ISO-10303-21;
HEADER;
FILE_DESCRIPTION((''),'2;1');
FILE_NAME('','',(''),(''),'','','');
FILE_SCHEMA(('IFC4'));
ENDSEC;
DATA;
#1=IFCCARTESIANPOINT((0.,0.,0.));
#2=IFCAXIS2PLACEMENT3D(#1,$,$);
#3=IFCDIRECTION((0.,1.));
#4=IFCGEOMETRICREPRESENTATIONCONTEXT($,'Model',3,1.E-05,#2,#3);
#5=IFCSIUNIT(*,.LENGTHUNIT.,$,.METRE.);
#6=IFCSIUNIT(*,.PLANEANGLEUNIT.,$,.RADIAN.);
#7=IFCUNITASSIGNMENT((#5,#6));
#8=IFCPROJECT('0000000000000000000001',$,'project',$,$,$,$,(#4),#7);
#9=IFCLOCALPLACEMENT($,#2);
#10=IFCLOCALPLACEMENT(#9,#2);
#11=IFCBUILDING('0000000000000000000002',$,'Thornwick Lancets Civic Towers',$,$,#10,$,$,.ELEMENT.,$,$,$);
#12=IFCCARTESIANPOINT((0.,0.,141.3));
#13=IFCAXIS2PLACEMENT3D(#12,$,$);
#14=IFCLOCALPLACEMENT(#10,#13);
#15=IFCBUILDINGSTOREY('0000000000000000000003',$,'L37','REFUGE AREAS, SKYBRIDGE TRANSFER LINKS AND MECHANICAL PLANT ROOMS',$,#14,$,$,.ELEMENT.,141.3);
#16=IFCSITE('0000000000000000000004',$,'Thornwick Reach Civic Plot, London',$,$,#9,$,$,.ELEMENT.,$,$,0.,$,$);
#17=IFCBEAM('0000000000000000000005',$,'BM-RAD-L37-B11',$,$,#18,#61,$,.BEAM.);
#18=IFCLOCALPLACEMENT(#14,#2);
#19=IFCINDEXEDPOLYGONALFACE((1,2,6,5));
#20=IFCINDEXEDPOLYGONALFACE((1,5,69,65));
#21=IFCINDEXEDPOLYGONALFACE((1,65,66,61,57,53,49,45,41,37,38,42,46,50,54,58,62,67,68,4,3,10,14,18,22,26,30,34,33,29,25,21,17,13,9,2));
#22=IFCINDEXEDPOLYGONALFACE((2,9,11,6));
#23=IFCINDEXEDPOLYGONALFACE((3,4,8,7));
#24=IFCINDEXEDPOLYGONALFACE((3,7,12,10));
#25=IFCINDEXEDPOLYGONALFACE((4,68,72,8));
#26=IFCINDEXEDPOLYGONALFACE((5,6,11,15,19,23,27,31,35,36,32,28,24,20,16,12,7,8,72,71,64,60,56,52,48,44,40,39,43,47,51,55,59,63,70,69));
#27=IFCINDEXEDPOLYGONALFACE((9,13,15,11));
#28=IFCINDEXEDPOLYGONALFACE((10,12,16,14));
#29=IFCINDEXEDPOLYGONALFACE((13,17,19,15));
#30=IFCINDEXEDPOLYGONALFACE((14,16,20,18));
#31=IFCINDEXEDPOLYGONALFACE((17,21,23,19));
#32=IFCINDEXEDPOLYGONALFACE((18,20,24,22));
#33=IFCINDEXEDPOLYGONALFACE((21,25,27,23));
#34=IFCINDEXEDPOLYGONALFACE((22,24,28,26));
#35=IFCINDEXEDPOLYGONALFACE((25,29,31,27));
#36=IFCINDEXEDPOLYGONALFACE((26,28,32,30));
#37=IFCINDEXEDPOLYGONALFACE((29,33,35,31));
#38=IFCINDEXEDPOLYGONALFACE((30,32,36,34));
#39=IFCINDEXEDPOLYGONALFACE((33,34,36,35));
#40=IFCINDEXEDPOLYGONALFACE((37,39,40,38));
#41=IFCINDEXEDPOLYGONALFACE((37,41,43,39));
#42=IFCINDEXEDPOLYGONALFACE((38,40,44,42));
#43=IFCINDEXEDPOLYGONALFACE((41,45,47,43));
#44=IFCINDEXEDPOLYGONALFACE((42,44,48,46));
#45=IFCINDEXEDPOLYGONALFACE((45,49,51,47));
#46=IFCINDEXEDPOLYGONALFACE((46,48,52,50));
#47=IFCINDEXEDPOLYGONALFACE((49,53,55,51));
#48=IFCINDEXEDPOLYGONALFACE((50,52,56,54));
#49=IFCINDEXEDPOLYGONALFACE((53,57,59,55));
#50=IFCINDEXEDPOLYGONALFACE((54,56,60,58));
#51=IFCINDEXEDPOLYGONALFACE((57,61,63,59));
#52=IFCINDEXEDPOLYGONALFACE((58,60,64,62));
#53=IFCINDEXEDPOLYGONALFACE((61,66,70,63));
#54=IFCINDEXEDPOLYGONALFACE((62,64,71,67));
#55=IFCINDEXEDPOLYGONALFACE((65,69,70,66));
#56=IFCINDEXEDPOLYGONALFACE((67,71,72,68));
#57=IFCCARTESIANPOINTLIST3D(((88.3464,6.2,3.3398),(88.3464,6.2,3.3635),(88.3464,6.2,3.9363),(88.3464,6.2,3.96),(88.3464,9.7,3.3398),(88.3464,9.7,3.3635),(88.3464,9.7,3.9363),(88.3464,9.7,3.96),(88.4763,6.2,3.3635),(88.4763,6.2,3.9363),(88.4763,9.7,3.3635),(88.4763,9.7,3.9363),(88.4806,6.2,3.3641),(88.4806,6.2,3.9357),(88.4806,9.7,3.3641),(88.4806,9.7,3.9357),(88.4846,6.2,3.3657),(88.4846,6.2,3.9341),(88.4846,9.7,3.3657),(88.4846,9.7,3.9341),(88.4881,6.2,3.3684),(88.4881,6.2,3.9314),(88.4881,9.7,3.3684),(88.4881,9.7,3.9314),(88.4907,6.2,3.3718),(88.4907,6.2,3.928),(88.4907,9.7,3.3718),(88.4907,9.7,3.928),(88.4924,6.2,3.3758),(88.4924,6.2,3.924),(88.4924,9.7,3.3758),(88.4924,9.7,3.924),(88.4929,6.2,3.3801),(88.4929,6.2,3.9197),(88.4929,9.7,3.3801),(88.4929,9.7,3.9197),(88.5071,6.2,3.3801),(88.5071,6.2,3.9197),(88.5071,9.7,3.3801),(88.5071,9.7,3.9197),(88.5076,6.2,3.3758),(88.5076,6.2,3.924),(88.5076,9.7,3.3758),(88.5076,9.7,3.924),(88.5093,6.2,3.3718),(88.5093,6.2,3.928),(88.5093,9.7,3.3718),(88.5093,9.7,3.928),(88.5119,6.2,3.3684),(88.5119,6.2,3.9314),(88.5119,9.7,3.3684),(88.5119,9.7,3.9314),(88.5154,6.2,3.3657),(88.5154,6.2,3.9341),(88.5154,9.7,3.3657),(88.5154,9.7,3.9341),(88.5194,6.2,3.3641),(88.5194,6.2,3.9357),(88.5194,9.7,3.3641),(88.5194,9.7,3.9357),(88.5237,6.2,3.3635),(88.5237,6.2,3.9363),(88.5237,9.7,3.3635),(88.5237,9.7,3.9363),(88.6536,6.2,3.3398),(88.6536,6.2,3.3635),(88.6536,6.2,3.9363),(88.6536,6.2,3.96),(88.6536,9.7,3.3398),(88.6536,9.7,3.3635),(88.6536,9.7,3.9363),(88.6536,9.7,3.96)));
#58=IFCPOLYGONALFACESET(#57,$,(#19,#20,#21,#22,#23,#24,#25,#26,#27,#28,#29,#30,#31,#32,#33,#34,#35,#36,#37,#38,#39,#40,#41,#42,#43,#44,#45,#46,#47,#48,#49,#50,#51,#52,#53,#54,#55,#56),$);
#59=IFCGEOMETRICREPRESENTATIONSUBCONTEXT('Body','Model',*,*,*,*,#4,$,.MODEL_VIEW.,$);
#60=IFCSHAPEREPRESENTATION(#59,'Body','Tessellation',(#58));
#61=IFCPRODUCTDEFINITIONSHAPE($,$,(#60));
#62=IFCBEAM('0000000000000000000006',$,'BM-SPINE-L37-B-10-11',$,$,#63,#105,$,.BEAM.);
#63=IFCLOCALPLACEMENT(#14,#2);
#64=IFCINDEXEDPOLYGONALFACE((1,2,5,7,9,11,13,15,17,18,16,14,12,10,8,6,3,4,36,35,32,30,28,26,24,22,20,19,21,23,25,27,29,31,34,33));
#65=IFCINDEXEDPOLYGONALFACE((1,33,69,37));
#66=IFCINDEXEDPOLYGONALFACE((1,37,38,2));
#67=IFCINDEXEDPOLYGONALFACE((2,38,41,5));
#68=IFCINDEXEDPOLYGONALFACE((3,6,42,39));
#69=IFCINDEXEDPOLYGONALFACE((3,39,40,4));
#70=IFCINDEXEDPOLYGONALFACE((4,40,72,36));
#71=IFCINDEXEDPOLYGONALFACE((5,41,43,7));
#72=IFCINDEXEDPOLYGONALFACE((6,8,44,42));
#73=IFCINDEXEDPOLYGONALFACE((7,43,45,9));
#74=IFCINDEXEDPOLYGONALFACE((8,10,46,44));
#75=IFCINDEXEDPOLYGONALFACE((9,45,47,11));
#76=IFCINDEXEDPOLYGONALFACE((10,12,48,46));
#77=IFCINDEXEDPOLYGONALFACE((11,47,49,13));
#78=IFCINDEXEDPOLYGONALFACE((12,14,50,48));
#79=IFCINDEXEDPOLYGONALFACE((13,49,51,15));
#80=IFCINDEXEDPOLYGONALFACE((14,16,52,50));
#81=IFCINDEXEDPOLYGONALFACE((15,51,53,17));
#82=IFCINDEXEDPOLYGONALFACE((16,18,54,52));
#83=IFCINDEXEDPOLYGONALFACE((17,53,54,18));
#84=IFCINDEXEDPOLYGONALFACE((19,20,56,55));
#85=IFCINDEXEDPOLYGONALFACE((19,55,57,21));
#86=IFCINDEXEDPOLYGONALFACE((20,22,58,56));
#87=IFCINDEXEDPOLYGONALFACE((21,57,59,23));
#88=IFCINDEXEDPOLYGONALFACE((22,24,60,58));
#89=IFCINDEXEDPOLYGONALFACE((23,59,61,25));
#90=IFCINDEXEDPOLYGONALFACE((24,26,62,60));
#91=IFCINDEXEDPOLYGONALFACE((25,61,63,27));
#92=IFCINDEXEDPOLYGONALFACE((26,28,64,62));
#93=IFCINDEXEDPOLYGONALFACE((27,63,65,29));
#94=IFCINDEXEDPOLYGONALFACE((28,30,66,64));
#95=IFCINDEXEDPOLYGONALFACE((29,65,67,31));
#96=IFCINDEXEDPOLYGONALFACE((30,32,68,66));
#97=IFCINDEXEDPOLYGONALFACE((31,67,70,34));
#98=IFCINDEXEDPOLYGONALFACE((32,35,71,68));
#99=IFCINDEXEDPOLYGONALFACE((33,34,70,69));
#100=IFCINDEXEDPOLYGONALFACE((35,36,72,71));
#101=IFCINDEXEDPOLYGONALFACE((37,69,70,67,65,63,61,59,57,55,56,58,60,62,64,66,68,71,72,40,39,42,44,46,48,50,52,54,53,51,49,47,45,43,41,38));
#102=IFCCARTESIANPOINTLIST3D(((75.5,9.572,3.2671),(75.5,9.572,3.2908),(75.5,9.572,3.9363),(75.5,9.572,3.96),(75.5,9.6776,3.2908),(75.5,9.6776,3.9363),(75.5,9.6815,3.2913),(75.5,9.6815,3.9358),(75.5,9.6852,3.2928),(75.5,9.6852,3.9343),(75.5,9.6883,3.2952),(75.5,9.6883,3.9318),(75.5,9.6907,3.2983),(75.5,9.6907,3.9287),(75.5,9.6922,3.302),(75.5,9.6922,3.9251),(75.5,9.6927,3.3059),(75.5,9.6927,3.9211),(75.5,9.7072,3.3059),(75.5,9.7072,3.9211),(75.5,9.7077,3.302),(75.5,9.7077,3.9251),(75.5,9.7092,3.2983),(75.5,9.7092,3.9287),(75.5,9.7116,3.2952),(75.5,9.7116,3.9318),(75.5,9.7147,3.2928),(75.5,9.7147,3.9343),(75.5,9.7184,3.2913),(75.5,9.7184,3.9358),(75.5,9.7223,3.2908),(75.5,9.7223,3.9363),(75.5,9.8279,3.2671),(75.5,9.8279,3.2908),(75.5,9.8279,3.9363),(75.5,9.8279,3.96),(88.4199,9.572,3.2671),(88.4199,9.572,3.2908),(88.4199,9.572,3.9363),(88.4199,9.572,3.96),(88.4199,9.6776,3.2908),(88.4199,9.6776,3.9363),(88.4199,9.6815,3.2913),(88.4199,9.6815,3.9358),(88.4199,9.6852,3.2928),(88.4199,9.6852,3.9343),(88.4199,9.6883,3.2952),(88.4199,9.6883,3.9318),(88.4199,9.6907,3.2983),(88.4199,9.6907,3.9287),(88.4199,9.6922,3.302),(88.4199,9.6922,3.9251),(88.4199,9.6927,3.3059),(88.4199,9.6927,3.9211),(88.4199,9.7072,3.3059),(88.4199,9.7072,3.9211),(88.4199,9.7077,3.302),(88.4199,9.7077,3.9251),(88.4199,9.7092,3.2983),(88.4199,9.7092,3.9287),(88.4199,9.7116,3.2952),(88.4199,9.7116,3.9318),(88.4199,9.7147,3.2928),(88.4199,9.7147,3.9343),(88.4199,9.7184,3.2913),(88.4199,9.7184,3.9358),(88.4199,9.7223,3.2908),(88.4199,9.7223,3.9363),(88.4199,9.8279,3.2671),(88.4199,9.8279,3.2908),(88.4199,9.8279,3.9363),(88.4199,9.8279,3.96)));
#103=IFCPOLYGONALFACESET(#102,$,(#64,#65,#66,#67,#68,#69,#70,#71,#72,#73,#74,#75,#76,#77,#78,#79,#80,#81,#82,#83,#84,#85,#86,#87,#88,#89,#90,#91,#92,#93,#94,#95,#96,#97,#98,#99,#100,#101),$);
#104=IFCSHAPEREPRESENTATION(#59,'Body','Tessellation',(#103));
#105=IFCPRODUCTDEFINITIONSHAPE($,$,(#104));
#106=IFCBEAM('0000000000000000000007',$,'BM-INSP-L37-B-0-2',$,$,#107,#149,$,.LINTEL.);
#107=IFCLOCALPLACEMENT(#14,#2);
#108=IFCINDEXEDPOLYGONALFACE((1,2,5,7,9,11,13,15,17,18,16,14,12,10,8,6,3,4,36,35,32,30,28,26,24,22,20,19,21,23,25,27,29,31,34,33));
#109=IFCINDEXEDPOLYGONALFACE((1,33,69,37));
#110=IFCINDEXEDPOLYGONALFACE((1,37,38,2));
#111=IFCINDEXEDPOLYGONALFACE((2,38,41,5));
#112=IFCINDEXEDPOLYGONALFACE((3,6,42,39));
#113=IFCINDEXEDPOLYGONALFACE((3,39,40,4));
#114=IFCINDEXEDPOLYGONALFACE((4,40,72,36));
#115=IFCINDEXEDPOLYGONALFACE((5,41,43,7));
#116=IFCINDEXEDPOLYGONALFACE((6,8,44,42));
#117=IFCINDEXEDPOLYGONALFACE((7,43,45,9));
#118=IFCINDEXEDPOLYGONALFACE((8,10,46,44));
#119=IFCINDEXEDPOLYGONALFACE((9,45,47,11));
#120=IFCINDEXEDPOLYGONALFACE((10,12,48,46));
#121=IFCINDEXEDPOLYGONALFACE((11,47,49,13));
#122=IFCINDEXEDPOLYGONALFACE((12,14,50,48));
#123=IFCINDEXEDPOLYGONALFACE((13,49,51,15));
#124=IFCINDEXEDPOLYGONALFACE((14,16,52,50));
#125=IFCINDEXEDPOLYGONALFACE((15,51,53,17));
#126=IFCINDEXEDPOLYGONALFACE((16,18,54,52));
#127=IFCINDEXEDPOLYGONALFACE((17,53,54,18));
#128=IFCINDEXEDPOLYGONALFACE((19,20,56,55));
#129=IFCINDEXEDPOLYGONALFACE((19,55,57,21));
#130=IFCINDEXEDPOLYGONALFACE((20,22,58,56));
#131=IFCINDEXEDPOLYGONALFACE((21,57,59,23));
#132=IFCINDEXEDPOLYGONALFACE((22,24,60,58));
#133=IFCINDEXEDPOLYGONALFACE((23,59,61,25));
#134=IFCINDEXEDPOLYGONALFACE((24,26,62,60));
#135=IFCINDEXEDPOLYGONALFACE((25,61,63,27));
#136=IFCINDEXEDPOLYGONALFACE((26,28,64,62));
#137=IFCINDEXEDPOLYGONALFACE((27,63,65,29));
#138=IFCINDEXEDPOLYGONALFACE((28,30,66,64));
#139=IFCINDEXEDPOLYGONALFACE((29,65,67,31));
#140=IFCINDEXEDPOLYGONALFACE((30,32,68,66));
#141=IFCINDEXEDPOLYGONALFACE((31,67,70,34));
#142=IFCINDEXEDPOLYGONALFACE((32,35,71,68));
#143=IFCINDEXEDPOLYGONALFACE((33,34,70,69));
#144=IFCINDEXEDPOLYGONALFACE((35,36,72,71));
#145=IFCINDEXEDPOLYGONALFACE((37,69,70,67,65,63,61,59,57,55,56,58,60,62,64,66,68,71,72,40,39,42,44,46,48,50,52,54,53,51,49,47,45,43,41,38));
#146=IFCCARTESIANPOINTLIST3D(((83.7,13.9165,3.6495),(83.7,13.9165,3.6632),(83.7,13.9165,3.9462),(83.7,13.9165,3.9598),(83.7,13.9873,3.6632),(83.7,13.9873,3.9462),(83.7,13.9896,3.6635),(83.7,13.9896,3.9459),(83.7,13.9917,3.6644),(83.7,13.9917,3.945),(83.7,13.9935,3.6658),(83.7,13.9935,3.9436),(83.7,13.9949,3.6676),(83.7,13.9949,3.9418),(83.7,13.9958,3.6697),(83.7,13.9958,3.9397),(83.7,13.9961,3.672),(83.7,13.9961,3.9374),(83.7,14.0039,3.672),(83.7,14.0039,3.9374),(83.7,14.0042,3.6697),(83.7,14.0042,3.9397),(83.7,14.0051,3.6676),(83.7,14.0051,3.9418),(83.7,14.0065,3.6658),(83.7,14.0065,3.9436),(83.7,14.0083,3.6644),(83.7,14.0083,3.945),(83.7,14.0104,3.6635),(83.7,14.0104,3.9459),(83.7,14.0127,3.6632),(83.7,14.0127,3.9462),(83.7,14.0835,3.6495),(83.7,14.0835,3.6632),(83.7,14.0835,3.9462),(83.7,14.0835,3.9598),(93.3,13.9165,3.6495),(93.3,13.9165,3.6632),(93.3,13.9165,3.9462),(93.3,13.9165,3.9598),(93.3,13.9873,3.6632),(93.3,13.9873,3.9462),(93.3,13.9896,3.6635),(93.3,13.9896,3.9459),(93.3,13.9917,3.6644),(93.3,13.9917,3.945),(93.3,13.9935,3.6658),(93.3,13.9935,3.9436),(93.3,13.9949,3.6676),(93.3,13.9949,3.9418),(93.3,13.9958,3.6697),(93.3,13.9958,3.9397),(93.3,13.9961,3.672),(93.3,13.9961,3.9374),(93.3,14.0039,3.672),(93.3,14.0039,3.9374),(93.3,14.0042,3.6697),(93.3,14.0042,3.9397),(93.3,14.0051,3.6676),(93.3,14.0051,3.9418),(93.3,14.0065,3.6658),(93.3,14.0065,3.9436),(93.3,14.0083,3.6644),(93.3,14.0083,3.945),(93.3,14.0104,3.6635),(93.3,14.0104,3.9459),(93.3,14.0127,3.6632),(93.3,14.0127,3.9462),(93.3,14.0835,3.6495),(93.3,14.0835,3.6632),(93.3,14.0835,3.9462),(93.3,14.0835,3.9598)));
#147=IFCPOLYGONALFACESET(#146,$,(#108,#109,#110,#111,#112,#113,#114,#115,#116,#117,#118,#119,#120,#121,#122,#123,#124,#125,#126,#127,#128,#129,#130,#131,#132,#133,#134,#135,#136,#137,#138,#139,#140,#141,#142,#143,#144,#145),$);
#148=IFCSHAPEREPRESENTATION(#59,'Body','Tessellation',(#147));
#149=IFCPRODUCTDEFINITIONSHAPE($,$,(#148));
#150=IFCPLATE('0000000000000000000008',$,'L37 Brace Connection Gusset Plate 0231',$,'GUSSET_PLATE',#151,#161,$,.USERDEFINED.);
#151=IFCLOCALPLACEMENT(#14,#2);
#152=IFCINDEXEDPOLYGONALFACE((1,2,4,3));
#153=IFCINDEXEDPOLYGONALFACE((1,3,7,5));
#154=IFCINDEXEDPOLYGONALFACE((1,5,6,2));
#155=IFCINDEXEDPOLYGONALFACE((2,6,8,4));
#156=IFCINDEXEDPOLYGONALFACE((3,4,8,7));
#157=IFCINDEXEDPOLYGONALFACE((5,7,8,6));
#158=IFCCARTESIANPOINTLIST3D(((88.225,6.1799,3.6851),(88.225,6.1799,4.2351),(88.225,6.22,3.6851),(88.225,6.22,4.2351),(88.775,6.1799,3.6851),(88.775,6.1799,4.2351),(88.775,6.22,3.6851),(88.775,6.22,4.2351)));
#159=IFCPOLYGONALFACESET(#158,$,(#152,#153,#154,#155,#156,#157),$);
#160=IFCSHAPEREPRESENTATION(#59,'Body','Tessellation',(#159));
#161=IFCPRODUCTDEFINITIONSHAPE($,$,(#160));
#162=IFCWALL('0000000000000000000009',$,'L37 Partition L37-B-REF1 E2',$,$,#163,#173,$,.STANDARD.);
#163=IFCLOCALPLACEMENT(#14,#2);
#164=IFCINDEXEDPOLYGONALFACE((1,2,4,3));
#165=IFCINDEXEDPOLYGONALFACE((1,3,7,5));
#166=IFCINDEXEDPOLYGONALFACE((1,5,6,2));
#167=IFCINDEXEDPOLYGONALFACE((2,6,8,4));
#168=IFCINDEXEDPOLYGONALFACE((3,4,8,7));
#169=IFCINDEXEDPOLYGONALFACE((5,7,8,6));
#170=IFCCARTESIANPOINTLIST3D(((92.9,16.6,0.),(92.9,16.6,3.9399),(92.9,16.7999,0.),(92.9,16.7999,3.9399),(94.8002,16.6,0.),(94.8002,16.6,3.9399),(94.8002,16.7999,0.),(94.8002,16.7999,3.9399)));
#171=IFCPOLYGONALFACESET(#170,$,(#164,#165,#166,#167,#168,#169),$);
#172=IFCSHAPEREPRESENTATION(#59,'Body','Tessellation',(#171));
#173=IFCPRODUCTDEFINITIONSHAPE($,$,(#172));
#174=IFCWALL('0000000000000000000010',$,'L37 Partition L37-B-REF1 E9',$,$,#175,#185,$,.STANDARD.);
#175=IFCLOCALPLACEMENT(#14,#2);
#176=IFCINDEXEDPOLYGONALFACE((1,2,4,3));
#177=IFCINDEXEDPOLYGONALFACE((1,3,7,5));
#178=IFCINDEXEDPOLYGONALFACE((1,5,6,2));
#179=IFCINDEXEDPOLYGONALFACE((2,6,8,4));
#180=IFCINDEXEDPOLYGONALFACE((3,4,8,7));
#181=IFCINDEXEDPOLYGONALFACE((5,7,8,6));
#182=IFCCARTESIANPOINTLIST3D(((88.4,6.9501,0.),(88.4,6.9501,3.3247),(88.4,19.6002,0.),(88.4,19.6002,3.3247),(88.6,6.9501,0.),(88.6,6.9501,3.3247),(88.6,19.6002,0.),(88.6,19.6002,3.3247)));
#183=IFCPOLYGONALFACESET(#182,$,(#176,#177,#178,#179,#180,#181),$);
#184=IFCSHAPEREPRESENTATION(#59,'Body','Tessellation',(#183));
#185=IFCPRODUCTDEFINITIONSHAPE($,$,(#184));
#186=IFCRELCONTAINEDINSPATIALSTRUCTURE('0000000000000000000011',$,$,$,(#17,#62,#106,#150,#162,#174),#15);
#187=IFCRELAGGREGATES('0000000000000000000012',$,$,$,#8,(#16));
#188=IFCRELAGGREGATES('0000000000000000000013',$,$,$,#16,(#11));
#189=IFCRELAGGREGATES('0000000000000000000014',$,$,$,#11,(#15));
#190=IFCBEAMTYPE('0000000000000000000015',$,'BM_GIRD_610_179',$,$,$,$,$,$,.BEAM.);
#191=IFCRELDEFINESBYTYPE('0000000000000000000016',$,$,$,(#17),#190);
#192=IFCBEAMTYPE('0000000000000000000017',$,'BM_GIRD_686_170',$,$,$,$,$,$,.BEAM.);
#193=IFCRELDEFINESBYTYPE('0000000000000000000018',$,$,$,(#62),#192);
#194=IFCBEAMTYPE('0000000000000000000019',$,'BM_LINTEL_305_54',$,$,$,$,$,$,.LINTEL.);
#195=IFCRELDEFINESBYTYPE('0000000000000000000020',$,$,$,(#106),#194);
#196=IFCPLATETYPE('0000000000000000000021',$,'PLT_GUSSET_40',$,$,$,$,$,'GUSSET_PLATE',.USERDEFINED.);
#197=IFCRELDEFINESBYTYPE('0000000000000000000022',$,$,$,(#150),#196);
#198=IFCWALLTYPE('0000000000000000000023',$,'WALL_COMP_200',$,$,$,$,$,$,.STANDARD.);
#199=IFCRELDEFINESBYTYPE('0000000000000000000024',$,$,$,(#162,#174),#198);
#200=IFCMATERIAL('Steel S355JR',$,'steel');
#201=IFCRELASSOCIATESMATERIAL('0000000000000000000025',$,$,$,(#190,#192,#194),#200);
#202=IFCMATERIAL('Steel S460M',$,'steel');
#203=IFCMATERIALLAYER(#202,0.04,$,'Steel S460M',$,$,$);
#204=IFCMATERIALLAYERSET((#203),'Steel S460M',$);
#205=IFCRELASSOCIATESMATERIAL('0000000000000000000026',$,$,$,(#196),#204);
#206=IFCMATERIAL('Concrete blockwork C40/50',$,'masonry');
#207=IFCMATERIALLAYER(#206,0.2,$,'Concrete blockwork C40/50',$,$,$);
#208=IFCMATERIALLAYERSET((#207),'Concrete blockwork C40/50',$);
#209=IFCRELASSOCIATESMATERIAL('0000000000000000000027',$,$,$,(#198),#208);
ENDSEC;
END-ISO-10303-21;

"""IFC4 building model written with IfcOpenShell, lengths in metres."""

from ifc_helpers import new_model, si_unit, direction, frame, frame_2d, origin, origin_2d, place, context, subcontext, project, spatial, rectangle, i_section, extrude, material, layer, layer_set, material_profile, profile_set, type_object, element, save


model = new_model("IFC4")

# Units and contexts
model_context = context("Model", 3, precision=1e-05, world=origin(), true_north=direction((0.0, 1.0)))
body_context = subcontext(model_context, "Body", "Model", "MODEL_VIEW")
ifc_project = project(units=[si_unit("LENGTHUNIT", "METRE"), si_unit("PLANEANGLEUNIT", "RADIAN")], contexts=[model_context])

# Site, building, storey
site_placement = place(None, origin())
site = spatial("IfcSite", under=ifc_project, at=site_placement, Name="Thornwick Reach Civic Plot, London", CompositionType="ELEMENT", RefElevation=0.0)
building_placement = place(site_placement, origin())
building = spatial("IfcBuilding", under=site, at=building_placement, Name="Thornwick Lancets Civic Towers", CompositionType="ELEMENT")
storey_placement = place(building_placement, frame((0.0, 0.0, 141.3)))
storey = spatial("IfcBuildingStorey", under=building, at=storey_placement, Name="L37", Description="REFUGE AREAS, SKYBRIDGE TRANSFER LINKS AND MECHANICAL PLANT ROOMS", CompositionType="ELEMENT", Elevation=141.3)

# Shared definitions
ifc_material_1 = material(Name="Steel S460M", Category="steel")

# Beams
ifc_material_2 = material(Name="Steel S355JR", Category="steel")
ifc_material_profile_1 = material_profile(ifc_material_2, i_section(OverallWidth=0.3071, OverallDepth=0.6201, WebThickness=0.0142, FlangeThickness=0.0237, FilletRadius=0.0166, at=origin_2d()), Name="UKB 610x305x179")
ifc_profile_set_1 = profile_set([ifc_material_profile_1], Name="Steel S355JR")
beam_type_1 = type_object("IfcBeamType", Name="BM_GIRD_610_179", PredefinedType="BEAM", material=ifc_profile_set_1)
beam_1_placement = place(storey_placement, frame((88.5, 9.7, 3.6499), z_axis=(0.0, -1.0, 0.0), x_axis=(1.0, 0.0, 0.0)))
element("IfcBeam", 1, at=beam_1_placement, inside=storey, type_object=beam_type_1, Name="BM-RAD-L37-B11", PredefinedType="BEAM", context=body_context, shape_type="SweptSolid", body=[
    extrude(i_section(OverallWidth=0.3071, OverallDepth=0.6201, WebThickness=0.0142, FlangeThickness=0.0237, FilletRadius=0.0166, at=origin_2d()), origin(), (0.0, 0.0, 1.0), 3.5),
])
ifc_material_profile_2 = material_profile(ifc_material_2, i_section(OverallWidth=0.2559, OverallDepth=0.6929, WebThickness=0.0144, FlangeThickness=0.0237, FilletRadius=0.0151, at=origin_2d()), Name="UKB 686x254x170")
ifc_profile_set_2 = profile_set([ifc_material_profile_2], Name="Steel S355JR")
beam_type_2 = type_object("IfcBeamType", Name="BM_GIRD_686_170", PredefinedType="BEAM", material=ifc_profile_set_2)
beam_2_placement = place(storey_placement, frame((88.4199, 9.7, 3.6135), z_axis=(-1.0, 0.0, 0.0), x_axis=(0.0, -1.0, 0.0)))
element("IfcBeam", 2, at=beam_2_placement, inside=storey, type_object=beam_type_2, Name="BM-SPINE-L37-B-10-11", PredefinedType="BEAM", context=body_context, shape_type="SweptSolid", body=[
    extrude(i_section(OverallWidth=0.2559, OverallDepth=0.6929, WebThickness=0.0144, FlangeThickness=0.0237, FilletRadius=0.0151, at=origin_2d()), origin(), (0.0, 0.0, 1.0), 12.9199),
])
ifc_material_profile_3 = material_profile(ifc_material_2, i_section(OverallWidth=0.167, OverallDepth=0.3103, WebThickness=0.0078, FlangeThickness=0.0137, FilletRadius=0.0088, at=origin_2d()), Name="UKB 305x165x54")
ifc_profile_set_3 = profile_set([ifc_material_profile_3], Name="Steel S355JR")
beam_type_3 = type_object("IfcBeamType", Name="BM_LINTEL_305_54", PredefinedType="LINTEL", material=ifc_profile_set_3)
beam_3_placement = place(storey_placement, frame((93.3, 14.0, 3.8047), z_axis=(-1.0, 0.0, 0.0), x_axis=(0.0, -1.0, 0.0)))
element("IfcBeam", 3, at=beam_3_placement, inside=storey, type_object=beam_type_3, Name="BM-INSP-L37-B-0-2", PredefinedType="LINTEL", context=body_context, shape_type="SweptSolid", body=[
    extrude(i_section(OverallWidth=0.167, OverallDepth=0.3103, WebThickness=0.0078, FlangeThickness=0.0137, FilletRadius=0.0088, at=origin_2d()), origin(), (0.0, 0.0, 1.0), 9.6001),
])

# Plate
ifc_layer_1 = layer(ifc_material_1, 0.04, Name="Steel S460M")
ifc_layer_set_1 = layer_set([ifc_layer_1], Name="Steel S460M")
plate_type = type_object("IfcPlateType", Name="PLT_GUSSET_40", ElementType="GUSSET_PLATE", PredefinedType="USERDEFINED", material=ifc_layer_set_1)
plate_placement = place(storey_placement, frame((88.5, 6.2, 3.6851), z_axis=(0.0, 0.0, 1.0), x_axis=(-1.0, 0.0, 0.0)))
element("IfcPlate", 4, at=plate_placement, inside=storey, type_object=plate_type, Name="L37 Brace Connection Gusset Plate 0231", ObjectType="GUSSET_PLATE", PredefinedType="USERDEFINED", context=body_context, shape_type="SweptSolid", body=[
    extrude(rectangle(XDim=0.55, YDim=0.04, at=origin_2d()), origin(), (0.0, 0.0, 1.0), 0.55),
])

# Walls
ifc_material_3 = material(Name="Concrete blockwork C40/50", Category="masonry")
ifc_layer_2 = layer(ifc_material_3, 0.2, Name="Concrete blockwork C40/50")
ifc_layer_set_2 = layer_set([ifc_layer_2], Name="Concrete blockwork C40/50")
wall_type_1 = type_object("IfcWallType", Name="WALL_COMP_200", PredefinedType="STANDARD", material=ifc_layer_set_2)
wall_1_placement = place(storey_placement, frame((92.8999, 16.7, 0.0), z_axis=(0.0, 0.0, 1.0), x_axis=(1.0, 0.0, 0.0)))
element("IfcWall", 5, at=wall_1_placement, inside=storey, type_object=wall_type_1, Name="L37 Partition L37-B-REF1 E2", PredefinedType="STANDARD", context=body_context, shape_type="SweptSolid", body=[
    extrude(rectangle(XDim=1.9001, YDim=0.2, at=frame_2d((0.9502, 0.0))), origin(), (0.0, 0.0, 1.0), 3.9399),
])
wall_2_placement = place(storey_placement, frame((88.5, 6.95, 0.0), z_axis=(0.0, 0.0, 1.0), x_axis=(0.0, 1.0, 0.0)))
element("IfcWall", 6, at=wall_2_placement, inside=storey, type_object=wall_type_1, Name="L37 Partition L37-B-REF1 E9", PredefinedType="STANDARD", context=body_context, shape_type="SweptSolid", body=[
    extrude(rectangle(XDim=12.6501, YDim=0.2, at=frame_2d((6.3252, 0.0))), origin(), (0.0, 0.0, 1.0), 3.3247),
])

save(model, "model.ifc")
